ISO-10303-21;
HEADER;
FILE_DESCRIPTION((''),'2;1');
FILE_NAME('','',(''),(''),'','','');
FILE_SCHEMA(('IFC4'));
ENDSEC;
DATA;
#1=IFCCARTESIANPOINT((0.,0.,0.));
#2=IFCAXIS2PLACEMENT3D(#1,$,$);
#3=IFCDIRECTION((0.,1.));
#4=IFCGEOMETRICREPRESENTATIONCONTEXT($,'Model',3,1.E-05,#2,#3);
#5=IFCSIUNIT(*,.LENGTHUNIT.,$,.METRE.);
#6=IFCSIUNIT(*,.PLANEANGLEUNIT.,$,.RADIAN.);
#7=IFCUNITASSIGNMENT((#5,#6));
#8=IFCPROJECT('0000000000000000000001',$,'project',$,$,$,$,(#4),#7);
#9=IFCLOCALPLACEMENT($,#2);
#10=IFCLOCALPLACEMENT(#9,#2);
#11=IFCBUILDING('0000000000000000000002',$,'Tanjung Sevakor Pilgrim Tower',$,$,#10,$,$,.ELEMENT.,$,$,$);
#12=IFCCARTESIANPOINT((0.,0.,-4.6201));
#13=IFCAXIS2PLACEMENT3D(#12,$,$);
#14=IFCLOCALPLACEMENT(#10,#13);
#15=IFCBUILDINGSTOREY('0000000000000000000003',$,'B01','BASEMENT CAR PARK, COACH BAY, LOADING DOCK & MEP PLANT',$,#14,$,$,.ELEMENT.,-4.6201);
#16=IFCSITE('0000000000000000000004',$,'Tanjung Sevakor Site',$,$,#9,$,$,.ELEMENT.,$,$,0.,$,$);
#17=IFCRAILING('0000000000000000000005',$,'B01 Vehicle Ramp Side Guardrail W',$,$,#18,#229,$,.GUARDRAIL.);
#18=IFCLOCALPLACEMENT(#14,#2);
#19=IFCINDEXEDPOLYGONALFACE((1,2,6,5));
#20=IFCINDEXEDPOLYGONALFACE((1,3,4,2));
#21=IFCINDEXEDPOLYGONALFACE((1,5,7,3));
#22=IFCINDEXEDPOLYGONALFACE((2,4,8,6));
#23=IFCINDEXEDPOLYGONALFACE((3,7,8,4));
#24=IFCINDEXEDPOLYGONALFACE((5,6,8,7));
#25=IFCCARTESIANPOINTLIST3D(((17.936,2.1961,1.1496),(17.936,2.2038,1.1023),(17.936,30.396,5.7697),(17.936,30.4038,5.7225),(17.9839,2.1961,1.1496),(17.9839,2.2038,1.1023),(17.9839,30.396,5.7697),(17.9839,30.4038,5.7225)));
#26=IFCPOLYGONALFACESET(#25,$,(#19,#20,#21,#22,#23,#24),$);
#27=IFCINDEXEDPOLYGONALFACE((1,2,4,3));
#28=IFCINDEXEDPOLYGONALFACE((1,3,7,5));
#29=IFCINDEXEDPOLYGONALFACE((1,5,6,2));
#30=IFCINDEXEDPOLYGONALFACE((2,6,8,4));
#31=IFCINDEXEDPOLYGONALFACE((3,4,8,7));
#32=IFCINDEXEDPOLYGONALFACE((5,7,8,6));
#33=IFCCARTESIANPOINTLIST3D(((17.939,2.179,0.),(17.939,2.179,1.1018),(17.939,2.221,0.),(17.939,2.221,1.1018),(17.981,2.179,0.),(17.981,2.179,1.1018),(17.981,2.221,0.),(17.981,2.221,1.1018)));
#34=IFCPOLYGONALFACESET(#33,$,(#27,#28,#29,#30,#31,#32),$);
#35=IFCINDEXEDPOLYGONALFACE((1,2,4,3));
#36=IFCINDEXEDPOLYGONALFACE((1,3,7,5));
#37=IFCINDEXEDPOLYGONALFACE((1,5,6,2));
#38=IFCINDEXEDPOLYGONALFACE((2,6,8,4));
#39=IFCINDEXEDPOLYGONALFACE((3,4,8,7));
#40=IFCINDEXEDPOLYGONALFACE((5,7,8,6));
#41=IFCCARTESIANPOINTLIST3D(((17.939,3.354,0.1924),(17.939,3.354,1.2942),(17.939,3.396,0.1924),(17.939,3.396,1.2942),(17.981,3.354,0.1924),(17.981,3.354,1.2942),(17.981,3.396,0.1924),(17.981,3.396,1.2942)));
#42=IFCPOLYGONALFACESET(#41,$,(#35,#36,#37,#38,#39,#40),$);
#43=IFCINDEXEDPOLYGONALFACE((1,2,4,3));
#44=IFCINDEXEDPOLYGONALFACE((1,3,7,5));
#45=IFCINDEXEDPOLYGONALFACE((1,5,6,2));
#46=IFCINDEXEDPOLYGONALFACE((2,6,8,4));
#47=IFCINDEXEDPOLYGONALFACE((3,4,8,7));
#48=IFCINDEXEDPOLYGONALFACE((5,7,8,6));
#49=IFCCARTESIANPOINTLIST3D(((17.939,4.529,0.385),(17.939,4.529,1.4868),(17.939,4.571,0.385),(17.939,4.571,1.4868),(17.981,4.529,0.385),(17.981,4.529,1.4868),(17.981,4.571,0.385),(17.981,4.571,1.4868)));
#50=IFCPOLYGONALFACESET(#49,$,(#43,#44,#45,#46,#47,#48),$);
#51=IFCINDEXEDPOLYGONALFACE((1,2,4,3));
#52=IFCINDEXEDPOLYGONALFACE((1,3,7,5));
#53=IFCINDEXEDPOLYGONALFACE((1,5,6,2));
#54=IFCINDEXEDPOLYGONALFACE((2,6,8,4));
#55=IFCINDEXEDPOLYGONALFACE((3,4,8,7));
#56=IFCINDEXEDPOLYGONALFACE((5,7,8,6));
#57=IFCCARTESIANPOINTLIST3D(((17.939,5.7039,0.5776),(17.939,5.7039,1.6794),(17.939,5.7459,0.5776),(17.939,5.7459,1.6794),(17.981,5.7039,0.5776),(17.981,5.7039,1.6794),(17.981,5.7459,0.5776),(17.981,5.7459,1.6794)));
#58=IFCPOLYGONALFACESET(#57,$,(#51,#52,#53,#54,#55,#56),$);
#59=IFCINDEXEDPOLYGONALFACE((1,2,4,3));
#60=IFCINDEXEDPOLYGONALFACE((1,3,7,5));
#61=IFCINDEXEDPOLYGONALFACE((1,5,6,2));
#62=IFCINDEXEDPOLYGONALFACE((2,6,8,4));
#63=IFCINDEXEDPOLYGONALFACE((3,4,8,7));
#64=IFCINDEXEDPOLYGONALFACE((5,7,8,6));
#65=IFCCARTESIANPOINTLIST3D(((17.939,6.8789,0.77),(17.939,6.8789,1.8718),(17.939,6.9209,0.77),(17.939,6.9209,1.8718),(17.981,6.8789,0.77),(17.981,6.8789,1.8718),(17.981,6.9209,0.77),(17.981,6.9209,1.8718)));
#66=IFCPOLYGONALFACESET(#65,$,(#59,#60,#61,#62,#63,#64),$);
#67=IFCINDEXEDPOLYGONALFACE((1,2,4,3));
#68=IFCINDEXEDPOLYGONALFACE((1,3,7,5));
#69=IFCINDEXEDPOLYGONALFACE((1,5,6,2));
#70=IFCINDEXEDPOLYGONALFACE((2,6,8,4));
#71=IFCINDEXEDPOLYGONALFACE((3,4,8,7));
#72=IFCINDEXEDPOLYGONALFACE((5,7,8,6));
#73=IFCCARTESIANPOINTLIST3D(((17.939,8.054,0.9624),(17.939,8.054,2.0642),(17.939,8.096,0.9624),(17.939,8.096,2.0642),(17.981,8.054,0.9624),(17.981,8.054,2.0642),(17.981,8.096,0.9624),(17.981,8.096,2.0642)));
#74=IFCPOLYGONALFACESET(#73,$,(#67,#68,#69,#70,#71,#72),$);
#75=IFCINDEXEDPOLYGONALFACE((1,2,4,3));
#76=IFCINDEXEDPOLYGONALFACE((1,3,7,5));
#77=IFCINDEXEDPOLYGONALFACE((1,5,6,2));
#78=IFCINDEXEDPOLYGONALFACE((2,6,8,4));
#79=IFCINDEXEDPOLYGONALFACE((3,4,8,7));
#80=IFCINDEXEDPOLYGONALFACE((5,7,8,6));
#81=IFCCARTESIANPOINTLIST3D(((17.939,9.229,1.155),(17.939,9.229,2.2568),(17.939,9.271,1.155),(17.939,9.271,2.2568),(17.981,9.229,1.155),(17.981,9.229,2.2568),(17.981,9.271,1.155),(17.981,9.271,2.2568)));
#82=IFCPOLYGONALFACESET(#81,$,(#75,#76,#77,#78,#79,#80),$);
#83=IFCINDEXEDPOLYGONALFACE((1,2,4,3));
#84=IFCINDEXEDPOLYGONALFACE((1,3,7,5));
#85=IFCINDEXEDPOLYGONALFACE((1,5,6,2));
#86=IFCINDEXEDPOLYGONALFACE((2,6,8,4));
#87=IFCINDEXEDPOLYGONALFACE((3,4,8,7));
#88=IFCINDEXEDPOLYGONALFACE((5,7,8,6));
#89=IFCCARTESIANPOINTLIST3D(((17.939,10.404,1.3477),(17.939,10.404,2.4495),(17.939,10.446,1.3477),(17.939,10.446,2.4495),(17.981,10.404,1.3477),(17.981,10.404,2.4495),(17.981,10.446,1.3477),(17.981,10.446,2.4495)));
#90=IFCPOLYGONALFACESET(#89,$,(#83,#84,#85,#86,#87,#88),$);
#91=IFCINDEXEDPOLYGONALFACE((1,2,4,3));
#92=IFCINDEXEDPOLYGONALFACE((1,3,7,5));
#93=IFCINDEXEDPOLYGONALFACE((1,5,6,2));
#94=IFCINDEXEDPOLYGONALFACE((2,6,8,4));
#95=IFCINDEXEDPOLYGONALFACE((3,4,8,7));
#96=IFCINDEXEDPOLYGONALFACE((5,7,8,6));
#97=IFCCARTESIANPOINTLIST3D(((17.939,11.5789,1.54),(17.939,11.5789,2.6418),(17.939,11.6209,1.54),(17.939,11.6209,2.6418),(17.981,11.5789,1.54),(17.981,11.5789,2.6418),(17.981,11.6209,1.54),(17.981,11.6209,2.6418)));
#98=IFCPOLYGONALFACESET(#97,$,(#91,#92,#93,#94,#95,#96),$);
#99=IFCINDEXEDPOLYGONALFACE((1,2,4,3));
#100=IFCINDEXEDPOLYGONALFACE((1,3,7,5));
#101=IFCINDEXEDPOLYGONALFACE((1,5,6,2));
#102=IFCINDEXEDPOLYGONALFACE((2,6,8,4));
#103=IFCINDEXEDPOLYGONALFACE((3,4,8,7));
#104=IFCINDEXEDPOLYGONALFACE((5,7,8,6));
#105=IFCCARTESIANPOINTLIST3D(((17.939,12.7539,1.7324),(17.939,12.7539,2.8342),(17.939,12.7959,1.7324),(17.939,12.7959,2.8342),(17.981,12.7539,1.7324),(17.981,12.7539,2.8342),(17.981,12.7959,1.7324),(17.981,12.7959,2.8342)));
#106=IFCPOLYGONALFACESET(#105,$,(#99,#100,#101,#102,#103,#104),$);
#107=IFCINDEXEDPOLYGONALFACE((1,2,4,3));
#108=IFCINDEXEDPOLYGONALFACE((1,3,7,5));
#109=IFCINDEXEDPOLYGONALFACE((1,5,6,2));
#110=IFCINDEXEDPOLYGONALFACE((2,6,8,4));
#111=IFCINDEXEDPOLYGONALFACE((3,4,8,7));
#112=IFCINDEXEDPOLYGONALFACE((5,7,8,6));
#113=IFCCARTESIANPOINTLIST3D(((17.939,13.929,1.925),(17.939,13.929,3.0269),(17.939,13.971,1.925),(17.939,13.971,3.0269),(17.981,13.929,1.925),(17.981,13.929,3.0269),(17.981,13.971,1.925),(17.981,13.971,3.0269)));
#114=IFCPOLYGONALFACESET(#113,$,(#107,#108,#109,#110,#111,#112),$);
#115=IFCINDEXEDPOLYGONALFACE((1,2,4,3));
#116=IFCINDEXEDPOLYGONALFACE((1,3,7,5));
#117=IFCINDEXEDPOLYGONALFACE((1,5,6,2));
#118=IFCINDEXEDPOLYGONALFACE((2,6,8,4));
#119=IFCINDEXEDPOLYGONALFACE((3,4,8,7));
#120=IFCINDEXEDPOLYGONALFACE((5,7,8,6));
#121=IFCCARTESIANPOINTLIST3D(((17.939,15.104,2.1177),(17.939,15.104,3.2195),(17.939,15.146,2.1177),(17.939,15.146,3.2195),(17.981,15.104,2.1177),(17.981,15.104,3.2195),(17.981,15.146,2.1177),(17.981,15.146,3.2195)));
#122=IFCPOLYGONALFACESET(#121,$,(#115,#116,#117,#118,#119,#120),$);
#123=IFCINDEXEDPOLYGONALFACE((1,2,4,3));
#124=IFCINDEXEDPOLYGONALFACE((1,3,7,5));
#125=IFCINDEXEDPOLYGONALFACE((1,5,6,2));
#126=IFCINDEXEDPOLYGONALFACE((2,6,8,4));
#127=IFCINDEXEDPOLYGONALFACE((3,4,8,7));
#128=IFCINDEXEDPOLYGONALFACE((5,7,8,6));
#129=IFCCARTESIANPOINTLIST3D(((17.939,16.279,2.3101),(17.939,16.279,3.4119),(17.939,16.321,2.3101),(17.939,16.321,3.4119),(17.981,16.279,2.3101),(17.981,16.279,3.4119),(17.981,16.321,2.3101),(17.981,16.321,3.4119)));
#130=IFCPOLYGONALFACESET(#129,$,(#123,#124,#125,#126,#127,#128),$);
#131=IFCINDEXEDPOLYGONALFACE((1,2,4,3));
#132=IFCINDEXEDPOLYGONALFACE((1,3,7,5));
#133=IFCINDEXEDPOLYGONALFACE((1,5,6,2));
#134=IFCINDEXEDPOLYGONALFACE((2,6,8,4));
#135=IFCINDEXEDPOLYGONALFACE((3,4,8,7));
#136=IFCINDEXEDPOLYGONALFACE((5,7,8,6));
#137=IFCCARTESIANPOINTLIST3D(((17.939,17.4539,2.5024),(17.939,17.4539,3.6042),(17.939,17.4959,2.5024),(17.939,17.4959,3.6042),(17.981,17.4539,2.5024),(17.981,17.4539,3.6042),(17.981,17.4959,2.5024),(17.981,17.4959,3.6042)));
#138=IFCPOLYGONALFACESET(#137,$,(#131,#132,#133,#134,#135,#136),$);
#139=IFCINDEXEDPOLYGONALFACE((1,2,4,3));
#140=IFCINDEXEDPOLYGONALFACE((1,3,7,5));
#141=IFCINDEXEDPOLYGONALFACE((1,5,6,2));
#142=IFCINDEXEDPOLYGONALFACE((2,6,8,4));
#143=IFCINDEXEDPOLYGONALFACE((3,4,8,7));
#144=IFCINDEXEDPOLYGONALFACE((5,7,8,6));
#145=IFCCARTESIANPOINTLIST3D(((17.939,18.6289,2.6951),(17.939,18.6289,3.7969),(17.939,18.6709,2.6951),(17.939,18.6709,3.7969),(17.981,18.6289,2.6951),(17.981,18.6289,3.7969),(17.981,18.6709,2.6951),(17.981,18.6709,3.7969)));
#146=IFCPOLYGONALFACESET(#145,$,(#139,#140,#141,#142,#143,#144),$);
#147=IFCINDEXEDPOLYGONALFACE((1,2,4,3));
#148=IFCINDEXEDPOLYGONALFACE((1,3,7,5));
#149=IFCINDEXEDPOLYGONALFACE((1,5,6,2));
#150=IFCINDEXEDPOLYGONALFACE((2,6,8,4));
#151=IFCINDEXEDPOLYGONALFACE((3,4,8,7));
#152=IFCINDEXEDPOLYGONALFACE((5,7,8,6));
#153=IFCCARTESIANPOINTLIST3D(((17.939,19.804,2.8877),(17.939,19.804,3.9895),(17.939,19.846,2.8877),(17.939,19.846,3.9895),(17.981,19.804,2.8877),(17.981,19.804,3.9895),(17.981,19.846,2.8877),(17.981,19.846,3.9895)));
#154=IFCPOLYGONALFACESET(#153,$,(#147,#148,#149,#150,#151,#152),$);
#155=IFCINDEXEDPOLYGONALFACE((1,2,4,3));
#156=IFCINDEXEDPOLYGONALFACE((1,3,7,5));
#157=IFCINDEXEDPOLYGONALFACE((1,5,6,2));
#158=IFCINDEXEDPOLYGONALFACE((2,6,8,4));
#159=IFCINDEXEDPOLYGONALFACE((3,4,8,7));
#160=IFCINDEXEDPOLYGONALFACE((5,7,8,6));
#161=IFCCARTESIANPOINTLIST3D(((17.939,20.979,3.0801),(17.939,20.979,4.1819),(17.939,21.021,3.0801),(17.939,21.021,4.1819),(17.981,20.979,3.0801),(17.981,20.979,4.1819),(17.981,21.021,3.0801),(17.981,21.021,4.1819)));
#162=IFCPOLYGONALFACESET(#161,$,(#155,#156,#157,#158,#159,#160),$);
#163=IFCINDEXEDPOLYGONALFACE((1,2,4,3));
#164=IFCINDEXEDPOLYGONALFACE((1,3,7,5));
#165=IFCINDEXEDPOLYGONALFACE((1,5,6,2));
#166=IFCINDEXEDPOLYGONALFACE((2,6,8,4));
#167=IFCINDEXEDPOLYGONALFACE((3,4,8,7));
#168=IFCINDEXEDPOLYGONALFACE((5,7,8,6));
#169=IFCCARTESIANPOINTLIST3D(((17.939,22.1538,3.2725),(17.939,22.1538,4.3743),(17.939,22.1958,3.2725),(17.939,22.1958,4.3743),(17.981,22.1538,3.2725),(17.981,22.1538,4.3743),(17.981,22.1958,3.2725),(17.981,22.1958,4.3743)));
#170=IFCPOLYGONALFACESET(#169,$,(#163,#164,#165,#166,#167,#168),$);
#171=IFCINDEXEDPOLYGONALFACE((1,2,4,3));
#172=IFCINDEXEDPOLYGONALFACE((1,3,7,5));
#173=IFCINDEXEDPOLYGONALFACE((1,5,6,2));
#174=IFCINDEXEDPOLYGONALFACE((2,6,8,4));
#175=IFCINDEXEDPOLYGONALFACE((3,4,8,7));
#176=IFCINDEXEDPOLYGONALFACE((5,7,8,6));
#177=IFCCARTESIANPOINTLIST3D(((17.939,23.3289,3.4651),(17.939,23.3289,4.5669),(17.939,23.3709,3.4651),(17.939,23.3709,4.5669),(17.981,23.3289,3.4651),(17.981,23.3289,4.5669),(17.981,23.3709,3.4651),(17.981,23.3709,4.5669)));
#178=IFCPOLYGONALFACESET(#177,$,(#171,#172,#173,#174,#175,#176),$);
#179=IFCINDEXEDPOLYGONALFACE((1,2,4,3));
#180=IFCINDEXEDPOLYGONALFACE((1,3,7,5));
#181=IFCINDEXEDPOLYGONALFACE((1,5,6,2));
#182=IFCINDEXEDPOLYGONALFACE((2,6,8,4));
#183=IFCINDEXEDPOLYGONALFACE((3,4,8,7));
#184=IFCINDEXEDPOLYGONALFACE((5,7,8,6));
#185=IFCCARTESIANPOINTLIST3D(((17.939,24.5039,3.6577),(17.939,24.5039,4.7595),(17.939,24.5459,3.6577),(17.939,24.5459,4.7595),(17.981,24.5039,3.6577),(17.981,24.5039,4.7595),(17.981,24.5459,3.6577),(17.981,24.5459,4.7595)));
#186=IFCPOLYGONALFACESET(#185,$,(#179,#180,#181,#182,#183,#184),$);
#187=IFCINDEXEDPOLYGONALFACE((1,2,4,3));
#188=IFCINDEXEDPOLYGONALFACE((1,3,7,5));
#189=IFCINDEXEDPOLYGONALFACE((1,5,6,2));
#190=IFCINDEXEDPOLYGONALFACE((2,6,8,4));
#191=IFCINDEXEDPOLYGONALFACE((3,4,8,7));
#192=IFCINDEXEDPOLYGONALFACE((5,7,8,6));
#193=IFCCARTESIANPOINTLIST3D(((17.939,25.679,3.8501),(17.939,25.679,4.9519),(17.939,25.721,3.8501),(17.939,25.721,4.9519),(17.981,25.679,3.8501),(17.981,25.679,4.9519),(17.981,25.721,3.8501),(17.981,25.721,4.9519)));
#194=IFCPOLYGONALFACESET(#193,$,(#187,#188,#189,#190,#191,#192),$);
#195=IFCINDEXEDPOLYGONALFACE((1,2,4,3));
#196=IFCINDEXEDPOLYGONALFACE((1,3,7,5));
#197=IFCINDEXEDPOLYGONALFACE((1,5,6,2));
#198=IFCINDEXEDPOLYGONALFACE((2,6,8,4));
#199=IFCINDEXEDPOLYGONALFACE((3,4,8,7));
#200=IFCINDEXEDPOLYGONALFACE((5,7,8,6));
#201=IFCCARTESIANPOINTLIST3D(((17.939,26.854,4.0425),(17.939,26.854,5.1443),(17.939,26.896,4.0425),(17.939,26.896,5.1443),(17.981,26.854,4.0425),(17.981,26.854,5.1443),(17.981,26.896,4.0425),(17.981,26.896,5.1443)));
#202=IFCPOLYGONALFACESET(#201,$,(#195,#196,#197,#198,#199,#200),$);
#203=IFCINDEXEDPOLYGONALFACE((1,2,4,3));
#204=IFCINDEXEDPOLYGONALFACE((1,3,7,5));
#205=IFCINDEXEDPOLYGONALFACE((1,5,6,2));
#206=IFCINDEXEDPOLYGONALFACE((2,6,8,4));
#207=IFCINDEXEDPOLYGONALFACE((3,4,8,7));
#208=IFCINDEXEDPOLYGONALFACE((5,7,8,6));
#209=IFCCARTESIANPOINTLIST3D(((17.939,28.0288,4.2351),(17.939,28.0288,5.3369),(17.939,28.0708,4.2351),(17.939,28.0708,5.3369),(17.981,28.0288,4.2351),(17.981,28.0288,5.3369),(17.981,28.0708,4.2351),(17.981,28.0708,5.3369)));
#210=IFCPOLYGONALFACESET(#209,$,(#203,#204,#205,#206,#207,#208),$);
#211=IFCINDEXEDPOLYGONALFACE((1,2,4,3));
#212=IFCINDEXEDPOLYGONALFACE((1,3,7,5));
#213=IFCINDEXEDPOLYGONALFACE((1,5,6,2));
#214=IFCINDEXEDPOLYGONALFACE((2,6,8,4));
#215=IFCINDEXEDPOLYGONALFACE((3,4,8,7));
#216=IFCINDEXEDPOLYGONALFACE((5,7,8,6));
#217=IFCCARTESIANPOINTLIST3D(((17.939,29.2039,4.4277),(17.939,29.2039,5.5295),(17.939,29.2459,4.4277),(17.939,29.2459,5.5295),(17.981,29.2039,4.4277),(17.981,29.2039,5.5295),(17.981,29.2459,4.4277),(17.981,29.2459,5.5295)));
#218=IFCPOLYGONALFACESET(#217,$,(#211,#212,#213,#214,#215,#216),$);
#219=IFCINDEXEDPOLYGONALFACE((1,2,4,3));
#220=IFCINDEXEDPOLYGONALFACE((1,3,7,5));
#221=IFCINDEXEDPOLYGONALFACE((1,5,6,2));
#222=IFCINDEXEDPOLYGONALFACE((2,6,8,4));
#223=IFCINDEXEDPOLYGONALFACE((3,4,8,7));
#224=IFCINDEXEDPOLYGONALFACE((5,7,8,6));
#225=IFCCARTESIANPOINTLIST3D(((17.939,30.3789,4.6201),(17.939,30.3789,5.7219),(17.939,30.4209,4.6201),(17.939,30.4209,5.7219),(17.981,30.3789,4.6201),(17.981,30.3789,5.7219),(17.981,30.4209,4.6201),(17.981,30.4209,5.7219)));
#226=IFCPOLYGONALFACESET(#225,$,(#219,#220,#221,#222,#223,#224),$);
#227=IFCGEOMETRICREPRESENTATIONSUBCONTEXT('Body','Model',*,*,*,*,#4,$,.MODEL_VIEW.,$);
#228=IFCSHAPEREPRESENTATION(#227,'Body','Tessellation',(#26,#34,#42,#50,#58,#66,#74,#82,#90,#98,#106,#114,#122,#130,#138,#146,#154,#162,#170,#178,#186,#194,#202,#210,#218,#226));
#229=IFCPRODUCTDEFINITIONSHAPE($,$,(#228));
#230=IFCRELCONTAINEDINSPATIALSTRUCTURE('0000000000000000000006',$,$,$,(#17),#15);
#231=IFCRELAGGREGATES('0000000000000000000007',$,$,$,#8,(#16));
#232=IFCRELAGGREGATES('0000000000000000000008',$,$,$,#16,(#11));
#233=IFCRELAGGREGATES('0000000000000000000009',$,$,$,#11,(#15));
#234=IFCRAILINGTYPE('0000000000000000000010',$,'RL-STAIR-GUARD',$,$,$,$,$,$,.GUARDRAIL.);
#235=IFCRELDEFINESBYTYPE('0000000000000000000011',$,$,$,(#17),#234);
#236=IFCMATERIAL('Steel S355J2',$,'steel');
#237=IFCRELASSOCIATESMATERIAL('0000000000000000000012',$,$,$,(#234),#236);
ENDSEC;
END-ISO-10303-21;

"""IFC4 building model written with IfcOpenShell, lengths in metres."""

from ifc_helpers import new_model, si_unit, direction, frame, origin, place, context, subcontext, project, spatial, rectangle, extrude, material, type_object, element, save


model = new_model("IFC4")

# Units and contexts
model_context = context("Model", 3, precision=1e-05, world=origin(), true_north=direction((0.0, 1.0)))
body_context = subcontext(model_context, "Body", "Model", "MODEL_VIEW")
ifc_project = project(units=[si_unit("LENGTHUNIT", "METRE"), si_unit("PLANEANGLEUNIT", "RADIAN")], contexts=[model_context])

# Site, building, storey
site_placement = place(None, origin())
site = spatial("IfcSite", under=ifc_project, at=site_placement, Name="Tanjung Sevakor Site", CompositionType="ELEMENT", RefElevation=0.0)
building_placement = place(site_placement, origin())
building = spatial("IfcBuilding", under=site, at=building_placement, Name="Tanjung Sevakor Pilgrim Tower", CompositionType="ELEMENT")
storey_placement = place(building_placement, frame((0.0, 0.0, -4.6201)))
storey = spatial("IfcBuildingStorey", under=building, at=storey_placement, Name="B01", Description="BASEMENT CAR PARK, COACH BAY, LOADING DOCK & MEP PLANT", CompositionType="ELEMENT", Elevation=-4.6201)

# Railing
ifc_material_1 = material(Name="Steel S355J2", Category="steel")
railing_type = type_object("IfcRailingType", Name="RL-STAIR-GUARD", PredefinedType="GUARDRAIL", material=ifc_material_1)
railing_1_placement = place(storey_placement, frame((17.96, 2.2, 0.0)))
element("IfcRailing", 1, at=railing_1_placement, inside=storey, type_object=railing_type, Name="B01 Vehicle Ramp Side Guardrail W", PredefinedType="GUARDRAIL", context=body_context, shape_type="SweptSolid", body=[
    extrude(rectangle(XDim=0.0479, YDim=0.0479), frame((0.0, 0.0, 1.126), z_axis=(0.0, 0.986843, 0.161679), x_axis=(-1.0, 0.0, 0.0)), (0.0, 0.0, 1.0), 28.5759),
    extrude(rectangle(XDim=0.042, YDim=0.042), origin(), (0.0, 0.0, 1.0), 1.1018),
    extrude(rectangle(XDim=0.042, YDim=0.042), frame((0.0, 1.175, 0.1924)), (0.0, 0.0, 1.0), 1.1018),
    extrude(rectangle(XDim=0.042, YDim=0.042), frame((0.0, 2.3501, 0.385)), (0.0, 0.0, 1.0), 1.1018),
    extrude(rectangle(XDim=0.042, YDim=0.042), frame((0.0, 3.5249, 0.5776)), (0.0, 0.0, 1.0), 1.1018),
    extrude(rectangle(XDim=0.042, YDim=0.042), frame((0.0, 4.7, 0.77)), (0.0, 0.0, 1.0), 1.1018),
    extrude(rectangle(XDim=0.042, YDim=0.042), frame((0.0, 5.875, 0.9624)), (0.0, 0.0, 1.0), 1.1018),
    extrude(rectangle(XDim=0.042, YDim=0.042), frame((0.0, 7.05, 1.155)), (0.0, 0.0, 1.0), 1.1018),
    extrude(rectangle(XDim=0.042, YDim=0.042), frame((0.0, 8.2251, 1.3477)), (0.0, 0.0, 1.0), 1.1018),
    extrude(rectangle(XDim=0.042, YDim=0.042), frame((0.0, 9.3999, 1.54)), (0.0, 0.0, 1.0), 1.1018),
    extrude(rectangle(XDim=0.042, YDim=0.042), frame((0.0, 10.575, 1.7324)), (0.0, 0.0, 1.0), 1.1018),
    extrude(rectangle(XDim=0.042, YDim=0.042), frame((0.0, 11.75, 1.925)), (0.0, 0.0, 1.0), 1.1018),
    extrude(rectangle(XDim=0.042, YDim=0.042), frame((0.0, 12.925, 2.1177)), (0.0, 0.0, 1.0), 1.1018),
    extrude(rectangle(XDim=0.042, YDim=0.042), frame((0.0, 14.1001, 2.3101)), (0.0, 0.0, 1.0), 1.1018),
    extrude(rectangle(XDim=0.042, YDim=0.042), frame((0.0, 15.2749, 2.5024)), (0.0, 0.0, 1.0), 1.1018),
    extrude(rectangle(XDim=0.042, YDim=0.042), frame((0.0, 16.45, 2.6951)), (0.0, 0.0, 1.0), 1.1018),
    extrude(rectangle(XDim=0.042, YDim=0.042), frame((0.0, 17.625, 2.8877)), (0.0, 0.0, 1.0), 1.1018),
    extrude(rectangle(XDim=0.042, YDim=0.042), frame((0.0, 18.8, 3.0801)), (0.0, 0.0, 1.0), 1.1018),
    extrude(rectangle(XDim=0.042, YDim=0.042), frame((0.0, 19.9749, 3.2725)), (0.0, 0.0, 1.0), 1.1018),
    extrude(rectangle(XDim=0.042, YDim=0.042), frame((0.0, 21.1499, 3.4651)), (0.0, 0.0, 1.0), 1.1018),
    extrude(rectangle(XDim=0.042, YDim=0.042), frame((0.0, 22.325, 3.6577)), (0.0, 0.0, 1.0), 1.1018),
    extrude(rectangle(XDim=0.042, YDim=0.042), frame((0.0, 23.5, 3.8501)), (0.0, 0.0, 1.0), 1.1018),
    extrude(rectangle(XDim=0.042, YDim=0.042), frame((0.0, 24.675, 4.0425)), (0.0, 0.0, 1.0), 1.1018),
    extrude(rectangle(XDim=0.042, YDim=0.042), frame((0.0, 25.8499, 4.2351)), (0.0, 0.0, 1.0), 1.1018),
    extrude(rectangle(XDim=0.042, YDim=0.042), frame((0.0, 27.0249, 4.4277)), (0.0, 0.0, 1.0), 1.1018),
    extrude(rectangle(XDim=0.042, YDim=0.042), frame((0.0, 28.2, 4.6201)), (0.0, 0.0, 1.0), 1.1018),
])

save(model, "model.ifc")
